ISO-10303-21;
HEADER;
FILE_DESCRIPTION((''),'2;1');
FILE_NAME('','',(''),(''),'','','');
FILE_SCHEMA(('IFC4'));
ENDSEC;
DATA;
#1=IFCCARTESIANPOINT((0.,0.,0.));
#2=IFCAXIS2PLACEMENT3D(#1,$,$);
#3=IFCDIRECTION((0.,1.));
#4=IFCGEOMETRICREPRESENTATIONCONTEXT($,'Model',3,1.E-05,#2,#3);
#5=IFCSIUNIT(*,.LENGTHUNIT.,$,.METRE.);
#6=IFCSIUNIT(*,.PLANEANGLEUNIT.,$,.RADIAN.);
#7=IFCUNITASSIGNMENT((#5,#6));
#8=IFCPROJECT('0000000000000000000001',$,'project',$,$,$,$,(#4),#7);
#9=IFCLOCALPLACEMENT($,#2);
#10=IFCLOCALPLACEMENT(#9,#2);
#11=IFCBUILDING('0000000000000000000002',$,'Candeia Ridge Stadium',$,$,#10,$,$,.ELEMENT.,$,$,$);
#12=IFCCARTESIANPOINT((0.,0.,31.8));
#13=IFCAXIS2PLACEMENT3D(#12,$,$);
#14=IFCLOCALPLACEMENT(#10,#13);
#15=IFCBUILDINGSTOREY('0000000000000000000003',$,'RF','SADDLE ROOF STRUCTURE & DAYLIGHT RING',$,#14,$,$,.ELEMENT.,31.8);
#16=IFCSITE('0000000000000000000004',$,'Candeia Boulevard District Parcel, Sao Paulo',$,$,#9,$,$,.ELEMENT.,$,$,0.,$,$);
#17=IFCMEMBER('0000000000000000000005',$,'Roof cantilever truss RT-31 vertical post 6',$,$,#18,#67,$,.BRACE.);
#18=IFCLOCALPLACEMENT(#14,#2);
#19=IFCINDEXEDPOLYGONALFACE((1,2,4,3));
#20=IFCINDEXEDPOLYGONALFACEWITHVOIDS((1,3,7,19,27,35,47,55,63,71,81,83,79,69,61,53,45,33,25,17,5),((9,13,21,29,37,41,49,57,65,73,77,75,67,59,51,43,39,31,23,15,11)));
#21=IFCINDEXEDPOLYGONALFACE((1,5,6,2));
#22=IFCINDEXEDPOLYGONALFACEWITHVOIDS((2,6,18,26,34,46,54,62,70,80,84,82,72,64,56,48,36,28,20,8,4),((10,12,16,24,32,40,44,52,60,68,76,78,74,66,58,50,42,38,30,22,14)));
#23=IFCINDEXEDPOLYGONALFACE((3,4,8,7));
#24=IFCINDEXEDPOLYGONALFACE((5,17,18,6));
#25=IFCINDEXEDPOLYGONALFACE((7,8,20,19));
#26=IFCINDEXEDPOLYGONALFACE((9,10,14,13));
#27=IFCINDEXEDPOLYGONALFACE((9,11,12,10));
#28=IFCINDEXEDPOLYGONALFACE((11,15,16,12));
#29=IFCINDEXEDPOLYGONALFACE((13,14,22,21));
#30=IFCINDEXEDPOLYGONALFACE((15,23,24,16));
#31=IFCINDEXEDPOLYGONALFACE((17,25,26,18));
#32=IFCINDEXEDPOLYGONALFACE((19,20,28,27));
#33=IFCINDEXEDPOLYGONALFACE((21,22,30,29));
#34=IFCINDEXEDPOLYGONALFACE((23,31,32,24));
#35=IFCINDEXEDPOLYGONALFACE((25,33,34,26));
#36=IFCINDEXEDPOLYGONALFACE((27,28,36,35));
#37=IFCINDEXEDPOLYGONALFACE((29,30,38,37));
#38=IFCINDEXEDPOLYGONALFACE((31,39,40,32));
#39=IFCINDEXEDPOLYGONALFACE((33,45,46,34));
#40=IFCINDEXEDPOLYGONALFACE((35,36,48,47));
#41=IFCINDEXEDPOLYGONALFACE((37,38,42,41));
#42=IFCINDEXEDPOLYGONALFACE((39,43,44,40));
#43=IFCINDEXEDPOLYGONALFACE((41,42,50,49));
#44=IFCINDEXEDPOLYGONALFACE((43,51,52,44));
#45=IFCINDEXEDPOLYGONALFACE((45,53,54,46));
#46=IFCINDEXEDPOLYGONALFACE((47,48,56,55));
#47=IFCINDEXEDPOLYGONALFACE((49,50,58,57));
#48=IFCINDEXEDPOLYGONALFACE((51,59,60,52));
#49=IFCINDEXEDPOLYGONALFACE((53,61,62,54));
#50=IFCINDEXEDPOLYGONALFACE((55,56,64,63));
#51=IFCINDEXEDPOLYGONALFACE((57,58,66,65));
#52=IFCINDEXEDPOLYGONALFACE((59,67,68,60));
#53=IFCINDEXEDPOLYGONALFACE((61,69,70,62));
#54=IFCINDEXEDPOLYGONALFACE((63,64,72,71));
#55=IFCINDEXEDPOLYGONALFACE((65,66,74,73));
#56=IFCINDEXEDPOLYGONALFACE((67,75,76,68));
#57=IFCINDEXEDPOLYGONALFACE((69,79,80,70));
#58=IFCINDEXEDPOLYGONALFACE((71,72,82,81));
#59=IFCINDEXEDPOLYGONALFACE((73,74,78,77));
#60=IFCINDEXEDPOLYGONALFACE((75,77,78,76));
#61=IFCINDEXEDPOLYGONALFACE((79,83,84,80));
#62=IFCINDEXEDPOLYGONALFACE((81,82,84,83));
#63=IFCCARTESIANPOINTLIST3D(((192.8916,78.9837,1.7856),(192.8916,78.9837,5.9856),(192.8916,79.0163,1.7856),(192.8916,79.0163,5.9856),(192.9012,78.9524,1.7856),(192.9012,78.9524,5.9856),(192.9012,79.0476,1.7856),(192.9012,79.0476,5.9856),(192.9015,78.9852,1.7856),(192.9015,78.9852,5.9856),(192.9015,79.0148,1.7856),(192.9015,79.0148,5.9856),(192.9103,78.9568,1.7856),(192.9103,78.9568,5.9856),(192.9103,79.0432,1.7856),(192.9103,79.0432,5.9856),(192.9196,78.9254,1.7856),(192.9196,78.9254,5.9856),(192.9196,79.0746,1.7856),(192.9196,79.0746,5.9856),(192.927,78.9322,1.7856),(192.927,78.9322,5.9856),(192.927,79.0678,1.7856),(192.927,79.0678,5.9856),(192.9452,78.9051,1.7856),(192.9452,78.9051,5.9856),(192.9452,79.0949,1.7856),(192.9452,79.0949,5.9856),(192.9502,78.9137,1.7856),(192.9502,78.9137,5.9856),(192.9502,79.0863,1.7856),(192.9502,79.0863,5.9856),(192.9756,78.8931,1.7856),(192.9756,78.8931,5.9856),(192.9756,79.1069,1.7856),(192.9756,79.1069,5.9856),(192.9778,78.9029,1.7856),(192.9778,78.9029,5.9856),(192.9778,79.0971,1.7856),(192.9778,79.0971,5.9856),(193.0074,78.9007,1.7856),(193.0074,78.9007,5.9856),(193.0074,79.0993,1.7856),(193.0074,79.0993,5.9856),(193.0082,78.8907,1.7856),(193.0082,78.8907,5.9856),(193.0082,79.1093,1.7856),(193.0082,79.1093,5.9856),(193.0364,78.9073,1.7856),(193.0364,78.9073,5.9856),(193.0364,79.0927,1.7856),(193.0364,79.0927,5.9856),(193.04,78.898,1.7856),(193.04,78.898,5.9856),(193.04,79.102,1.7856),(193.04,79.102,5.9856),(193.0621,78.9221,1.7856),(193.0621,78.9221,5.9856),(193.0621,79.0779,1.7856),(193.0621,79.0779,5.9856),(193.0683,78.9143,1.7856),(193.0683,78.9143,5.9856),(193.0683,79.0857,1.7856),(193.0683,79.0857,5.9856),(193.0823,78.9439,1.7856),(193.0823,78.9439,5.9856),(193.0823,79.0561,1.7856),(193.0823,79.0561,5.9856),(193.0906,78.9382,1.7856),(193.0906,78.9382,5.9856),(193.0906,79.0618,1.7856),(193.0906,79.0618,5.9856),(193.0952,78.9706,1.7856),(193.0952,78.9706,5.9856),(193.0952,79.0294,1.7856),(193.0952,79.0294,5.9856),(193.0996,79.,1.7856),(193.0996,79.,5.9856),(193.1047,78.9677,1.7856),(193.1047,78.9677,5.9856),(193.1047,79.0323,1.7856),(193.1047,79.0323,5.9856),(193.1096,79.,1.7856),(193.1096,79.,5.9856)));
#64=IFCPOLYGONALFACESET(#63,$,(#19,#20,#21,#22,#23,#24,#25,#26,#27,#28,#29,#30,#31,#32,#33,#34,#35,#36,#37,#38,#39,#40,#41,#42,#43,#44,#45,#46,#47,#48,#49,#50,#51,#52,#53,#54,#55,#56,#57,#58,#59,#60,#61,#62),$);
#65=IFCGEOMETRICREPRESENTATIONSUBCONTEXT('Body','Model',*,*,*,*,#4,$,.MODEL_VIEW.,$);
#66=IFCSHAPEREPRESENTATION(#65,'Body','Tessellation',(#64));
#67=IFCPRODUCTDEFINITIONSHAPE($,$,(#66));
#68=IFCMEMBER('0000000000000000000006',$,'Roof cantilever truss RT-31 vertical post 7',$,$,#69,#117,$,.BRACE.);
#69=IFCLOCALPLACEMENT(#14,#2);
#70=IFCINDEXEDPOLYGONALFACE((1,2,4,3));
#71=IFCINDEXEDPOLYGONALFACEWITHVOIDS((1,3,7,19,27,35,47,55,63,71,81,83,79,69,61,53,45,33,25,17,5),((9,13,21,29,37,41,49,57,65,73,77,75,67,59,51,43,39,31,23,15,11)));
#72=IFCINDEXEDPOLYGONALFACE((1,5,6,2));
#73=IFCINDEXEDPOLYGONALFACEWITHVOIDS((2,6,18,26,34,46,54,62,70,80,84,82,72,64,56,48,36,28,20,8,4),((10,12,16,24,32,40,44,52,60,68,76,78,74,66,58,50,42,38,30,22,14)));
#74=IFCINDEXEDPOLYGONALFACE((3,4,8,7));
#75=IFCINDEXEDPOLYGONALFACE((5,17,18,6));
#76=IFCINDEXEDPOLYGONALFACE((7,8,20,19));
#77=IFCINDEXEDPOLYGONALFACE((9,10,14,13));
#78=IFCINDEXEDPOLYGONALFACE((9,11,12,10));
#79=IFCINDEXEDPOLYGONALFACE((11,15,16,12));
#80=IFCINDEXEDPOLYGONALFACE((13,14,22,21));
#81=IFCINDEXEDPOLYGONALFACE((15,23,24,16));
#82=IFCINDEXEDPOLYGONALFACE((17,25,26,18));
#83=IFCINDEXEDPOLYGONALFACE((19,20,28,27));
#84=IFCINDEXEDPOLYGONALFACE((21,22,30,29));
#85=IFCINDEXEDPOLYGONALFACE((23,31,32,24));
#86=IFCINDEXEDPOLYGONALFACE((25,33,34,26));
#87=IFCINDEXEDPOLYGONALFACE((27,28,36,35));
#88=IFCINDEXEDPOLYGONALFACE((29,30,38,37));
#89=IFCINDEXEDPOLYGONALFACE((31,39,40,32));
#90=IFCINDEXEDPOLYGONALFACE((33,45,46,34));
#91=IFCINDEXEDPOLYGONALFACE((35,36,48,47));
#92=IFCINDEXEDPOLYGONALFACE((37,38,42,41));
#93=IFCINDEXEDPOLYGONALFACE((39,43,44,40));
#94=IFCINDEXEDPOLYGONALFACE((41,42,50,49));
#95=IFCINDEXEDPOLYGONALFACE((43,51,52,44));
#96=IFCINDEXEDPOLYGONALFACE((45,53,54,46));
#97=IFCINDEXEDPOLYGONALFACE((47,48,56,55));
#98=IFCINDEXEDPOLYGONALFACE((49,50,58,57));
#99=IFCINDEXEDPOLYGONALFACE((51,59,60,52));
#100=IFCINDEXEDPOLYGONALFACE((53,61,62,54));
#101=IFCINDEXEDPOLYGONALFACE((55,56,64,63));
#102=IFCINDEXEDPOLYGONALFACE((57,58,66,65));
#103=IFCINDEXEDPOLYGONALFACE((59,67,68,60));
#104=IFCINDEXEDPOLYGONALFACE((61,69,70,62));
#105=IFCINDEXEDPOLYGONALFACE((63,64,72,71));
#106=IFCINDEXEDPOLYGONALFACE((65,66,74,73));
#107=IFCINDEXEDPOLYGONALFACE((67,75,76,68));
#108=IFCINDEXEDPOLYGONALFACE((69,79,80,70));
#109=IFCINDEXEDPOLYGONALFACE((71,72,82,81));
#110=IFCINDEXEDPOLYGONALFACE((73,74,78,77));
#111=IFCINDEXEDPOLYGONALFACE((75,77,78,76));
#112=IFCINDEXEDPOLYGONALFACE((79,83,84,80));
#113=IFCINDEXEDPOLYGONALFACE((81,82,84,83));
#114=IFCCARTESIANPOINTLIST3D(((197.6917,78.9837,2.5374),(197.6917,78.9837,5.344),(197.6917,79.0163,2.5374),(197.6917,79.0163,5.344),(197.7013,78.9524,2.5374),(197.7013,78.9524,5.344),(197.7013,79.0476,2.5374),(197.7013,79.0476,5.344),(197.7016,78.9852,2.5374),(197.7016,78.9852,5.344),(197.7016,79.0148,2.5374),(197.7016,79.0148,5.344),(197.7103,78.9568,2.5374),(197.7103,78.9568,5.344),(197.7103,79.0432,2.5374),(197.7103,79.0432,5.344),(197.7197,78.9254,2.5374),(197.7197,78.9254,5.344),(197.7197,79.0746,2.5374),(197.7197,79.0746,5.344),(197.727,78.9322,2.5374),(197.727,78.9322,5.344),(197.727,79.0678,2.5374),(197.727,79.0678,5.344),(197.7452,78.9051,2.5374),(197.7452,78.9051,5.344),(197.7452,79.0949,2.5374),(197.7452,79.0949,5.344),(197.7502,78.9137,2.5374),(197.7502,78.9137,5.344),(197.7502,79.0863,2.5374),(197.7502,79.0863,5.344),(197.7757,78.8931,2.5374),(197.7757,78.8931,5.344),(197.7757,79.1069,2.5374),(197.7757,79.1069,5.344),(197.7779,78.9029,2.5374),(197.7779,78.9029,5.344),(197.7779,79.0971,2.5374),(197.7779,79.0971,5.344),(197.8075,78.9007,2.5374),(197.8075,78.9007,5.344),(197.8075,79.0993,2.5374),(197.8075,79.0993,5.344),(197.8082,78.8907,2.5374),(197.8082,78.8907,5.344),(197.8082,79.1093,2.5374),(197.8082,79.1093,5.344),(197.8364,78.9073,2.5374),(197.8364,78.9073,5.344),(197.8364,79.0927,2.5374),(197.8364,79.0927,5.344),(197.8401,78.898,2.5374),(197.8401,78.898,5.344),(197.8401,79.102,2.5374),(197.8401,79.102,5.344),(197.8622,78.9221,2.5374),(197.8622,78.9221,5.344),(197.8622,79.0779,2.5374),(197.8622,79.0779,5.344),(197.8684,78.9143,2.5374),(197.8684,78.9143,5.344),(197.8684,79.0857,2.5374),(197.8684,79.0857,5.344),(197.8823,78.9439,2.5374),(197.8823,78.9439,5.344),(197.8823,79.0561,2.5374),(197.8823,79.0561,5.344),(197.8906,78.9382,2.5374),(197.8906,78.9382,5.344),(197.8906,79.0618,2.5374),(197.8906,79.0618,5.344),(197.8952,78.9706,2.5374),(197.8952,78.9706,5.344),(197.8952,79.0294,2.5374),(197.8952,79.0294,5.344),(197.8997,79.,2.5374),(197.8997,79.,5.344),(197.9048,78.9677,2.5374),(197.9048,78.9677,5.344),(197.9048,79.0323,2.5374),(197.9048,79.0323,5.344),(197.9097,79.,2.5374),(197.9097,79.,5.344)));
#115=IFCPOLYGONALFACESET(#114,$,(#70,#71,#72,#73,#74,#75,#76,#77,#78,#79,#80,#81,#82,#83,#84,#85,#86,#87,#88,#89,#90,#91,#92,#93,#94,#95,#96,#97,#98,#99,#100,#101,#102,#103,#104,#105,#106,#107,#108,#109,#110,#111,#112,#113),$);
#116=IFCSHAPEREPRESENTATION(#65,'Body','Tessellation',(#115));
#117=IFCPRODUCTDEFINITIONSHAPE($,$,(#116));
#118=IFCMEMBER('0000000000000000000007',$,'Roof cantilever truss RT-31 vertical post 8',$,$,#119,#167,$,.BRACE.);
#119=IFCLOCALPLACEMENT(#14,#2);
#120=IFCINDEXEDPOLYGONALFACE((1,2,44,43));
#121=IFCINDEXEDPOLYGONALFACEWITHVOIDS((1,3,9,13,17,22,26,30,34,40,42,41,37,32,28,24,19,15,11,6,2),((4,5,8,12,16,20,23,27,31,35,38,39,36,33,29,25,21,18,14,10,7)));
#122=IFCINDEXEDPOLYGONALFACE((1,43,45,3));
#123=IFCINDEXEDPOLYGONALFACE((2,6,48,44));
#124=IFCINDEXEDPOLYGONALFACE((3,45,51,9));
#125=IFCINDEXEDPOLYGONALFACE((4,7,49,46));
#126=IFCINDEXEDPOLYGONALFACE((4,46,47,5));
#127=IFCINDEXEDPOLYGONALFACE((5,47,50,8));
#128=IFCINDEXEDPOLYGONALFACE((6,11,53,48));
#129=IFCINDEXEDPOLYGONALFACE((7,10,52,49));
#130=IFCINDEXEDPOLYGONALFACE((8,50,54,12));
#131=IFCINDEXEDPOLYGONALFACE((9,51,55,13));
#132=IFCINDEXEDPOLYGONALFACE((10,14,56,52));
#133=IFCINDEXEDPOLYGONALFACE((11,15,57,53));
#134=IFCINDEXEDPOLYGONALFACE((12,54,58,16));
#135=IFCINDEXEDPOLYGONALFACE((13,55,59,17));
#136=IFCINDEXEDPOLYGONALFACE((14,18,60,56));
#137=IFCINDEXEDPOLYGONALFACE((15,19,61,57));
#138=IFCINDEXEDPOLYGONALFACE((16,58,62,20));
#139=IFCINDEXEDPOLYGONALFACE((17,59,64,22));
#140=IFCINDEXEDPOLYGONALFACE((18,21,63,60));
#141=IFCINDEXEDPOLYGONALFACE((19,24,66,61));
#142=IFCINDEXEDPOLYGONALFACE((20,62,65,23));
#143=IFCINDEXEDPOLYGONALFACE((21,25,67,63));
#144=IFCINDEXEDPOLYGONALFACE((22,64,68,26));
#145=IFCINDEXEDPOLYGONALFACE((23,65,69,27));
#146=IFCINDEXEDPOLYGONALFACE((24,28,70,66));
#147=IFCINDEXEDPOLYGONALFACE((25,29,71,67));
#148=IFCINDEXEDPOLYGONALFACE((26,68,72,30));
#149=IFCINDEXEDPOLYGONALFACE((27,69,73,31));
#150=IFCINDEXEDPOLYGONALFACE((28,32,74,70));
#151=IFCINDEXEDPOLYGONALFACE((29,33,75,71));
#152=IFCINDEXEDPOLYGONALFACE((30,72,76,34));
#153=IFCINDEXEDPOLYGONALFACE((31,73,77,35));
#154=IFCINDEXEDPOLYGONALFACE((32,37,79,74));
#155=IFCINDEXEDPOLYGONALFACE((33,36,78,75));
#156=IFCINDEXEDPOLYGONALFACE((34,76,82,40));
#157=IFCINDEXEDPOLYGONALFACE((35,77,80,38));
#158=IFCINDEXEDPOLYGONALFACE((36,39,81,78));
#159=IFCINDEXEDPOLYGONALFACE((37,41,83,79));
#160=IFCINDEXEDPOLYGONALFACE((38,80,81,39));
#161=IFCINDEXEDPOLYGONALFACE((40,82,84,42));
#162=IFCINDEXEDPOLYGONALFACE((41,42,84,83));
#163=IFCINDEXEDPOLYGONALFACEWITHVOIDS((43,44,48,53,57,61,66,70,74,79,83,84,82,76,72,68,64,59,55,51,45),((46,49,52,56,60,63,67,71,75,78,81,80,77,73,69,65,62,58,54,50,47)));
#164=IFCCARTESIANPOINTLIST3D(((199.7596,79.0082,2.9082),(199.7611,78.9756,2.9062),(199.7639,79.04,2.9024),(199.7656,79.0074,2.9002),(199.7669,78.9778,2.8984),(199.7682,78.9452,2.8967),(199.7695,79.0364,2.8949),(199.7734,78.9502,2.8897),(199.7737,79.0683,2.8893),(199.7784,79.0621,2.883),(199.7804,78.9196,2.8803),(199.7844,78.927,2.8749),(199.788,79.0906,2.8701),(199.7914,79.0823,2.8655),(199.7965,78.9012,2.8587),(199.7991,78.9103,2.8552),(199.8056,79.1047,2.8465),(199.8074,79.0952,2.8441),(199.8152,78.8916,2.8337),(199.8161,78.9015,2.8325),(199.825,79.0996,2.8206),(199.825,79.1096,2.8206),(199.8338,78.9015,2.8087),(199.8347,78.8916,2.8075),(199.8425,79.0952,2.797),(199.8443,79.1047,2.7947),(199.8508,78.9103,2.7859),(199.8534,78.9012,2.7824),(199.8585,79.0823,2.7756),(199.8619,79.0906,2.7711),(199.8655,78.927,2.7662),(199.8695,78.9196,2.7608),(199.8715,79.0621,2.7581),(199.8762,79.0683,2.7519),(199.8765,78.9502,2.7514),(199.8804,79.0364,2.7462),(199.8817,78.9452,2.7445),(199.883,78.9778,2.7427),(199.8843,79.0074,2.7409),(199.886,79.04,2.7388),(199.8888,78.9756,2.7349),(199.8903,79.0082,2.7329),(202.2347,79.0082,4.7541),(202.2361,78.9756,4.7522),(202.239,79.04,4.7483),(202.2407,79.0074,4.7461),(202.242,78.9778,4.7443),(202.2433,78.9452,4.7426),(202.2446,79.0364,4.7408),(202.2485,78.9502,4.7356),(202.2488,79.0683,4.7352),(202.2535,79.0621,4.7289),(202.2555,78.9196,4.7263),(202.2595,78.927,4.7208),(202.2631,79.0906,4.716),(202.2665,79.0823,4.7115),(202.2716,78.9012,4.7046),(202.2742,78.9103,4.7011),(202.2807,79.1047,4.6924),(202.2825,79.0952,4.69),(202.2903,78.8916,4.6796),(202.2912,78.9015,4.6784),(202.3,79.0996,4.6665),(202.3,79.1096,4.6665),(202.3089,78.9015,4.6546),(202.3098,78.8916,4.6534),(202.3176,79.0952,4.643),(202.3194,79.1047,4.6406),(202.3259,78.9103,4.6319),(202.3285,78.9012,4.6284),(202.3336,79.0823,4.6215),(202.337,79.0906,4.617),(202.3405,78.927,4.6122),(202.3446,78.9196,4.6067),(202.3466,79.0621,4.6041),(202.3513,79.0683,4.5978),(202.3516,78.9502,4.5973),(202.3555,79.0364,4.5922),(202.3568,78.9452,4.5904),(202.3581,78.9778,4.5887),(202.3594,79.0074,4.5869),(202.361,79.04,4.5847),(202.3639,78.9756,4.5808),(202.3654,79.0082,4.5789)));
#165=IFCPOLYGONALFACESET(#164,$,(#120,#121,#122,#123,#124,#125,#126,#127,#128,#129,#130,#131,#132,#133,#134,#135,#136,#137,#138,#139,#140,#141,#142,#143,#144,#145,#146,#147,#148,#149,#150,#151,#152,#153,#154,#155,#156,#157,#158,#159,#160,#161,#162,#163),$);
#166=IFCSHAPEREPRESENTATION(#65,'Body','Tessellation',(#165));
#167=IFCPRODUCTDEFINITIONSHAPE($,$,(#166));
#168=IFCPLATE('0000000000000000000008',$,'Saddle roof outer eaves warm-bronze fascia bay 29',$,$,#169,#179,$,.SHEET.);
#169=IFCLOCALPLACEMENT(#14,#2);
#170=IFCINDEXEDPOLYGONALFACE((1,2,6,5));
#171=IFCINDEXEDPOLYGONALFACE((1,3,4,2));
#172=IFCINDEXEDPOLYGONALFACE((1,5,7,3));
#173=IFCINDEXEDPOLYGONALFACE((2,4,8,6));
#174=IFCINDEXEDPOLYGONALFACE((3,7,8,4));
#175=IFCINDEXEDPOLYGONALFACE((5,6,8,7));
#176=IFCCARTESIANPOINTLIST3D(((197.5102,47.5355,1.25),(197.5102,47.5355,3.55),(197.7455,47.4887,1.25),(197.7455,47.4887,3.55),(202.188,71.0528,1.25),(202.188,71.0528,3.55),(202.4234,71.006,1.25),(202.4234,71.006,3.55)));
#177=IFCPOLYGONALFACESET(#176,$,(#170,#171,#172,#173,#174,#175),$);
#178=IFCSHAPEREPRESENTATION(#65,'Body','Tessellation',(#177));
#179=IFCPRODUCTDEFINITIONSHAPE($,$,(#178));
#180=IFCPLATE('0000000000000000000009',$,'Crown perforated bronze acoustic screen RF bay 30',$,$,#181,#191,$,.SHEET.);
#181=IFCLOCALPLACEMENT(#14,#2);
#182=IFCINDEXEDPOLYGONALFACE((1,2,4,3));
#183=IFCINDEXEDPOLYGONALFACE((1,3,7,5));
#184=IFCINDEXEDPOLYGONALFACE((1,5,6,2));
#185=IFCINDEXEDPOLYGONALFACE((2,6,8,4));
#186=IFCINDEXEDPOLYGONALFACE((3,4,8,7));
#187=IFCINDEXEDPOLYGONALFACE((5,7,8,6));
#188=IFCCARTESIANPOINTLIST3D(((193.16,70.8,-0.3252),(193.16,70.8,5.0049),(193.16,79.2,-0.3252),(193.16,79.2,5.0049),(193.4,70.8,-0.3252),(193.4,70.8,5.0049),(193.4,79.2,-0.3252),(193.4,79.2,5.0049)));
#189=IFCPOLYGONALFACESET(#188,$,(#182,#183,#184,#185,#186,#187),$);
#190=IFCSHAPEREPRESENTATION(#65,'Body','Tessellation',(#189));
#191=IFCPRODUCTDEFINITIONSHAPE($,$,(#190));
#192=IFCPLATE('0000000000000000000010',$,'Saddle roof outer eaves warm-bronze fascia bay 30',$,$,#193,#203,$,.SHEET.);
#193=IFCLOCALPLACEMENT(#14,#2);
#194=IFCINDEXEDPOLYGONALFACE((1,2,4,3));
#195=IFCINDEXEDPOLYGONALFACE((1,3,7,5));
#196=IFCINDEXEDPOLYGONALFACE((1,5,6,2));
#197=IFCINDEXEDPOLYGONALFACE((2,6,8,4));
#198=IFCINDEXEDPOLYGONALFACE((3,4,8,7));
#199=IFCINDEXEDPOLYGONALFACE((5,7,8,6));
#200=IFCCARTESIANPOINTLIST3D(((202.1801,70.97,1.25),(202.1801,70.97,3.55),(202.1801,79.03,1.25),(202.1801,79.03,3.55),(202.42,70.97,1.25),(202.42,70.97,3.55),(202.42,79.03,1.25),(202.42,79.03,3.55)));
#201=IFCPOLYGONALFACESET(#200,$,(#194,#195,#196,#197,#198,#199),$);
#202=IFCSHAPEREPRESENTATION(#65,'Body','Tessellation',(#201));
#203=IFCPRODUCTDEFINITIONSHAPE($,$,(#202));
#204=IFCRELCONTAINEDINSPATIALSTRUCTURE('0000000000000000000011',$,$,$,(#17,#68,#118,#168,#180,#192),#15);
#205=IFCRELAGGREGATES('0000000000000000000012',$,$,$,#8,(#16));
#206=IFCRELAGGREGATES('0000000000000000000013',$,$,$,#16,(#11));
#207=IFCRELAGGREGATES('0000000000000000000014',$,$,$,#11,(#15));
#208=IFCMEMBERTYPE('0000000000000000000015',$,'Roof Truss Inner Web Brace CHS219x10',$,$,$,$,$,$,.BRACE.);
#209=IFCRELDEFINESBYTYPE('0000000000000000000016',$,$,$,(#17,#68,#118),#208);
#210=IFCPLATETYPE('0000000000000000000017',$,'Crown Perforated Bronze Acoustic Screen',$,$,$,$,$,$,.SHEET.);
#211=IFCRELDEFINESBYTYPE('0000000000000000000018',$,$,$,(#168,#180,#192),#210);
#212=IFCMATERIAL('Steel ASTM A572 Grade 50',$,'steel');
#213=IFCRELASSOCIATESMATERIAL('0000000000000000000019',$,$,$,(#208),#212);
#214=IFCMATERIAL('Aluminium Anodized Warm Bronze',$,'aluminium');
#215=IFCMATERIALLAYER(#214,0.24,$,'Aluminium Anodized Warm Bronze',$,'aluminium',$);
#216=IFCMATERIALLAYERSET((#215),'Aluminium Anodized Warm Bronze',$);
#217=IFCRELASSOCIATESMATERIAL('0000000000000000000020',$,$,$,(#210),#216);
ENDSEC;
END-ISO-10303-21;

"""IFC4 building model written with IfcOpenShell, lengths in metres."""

from ifc_helpers import new_model, si_unit, direction, frame, origin, origin_2d, place, context, subcontext, project, spatial, rectangle, hollow_circle, extrude, material, layer, layer_set, material_profile, profile_set, type_object, element, save


model = new_model("IFC4")

# Units and contexts
model_context = context("Model", 3, precision=1e-05, world=origin(), true_north=direction((0.0, 1.0)))
body_context = subcontext(model_context, "Body", "Model", "MODEL_VIEW")
ifc_project = project(units=[si_unit("LENGTHUNIT", "METRE"), si_unit("PLANEANGLEUNIT", "RADIAN")], contexts=[model_context])

# Site, building, storey
site_placement = place(None, origin())
site = spatial("IfcSite", under=ifc_project, at=site_placement, Name="Candeia Boulevard District Parcel, Sao Paulo", CompositionType="ELEMENT", RefElevation=0.0)
building_placement = place(site_placement, origin())
building = spatial("IfcBuilding", under=site, at=building_placement, Name="Candeia Ridge Stadium", CompositionType="ELEMENT")
storey_placement = place(building_placement, frame((0.0, 0.0, 31.8)))
storey = spatial("IfcBuildingStorey", under=building, at=storey_placement, Name="RF", Description="SADDLE ROOF STRUCTURE & DAYLIGHT RING", CompositionType="ELEMENT", Elevation=31.8)

# Shared definitions
ifc_material_1 = material(Name="Steel ASTM A572 Grade 50", Category="steel")

# Members
ifc_material_profile_1 = material_profile(ifc_material_1, hollow_circle(Radius=0.1096, WallThickness=0.01, at=origin_2d()), Name="CHS219x10", Category="steel")
ifc_profile_set_1 = profile_set([ifc_material_profile_1], Name="Steel ASTM A572 Grade 50")
member_type_1 = type_object("IfcMemberType", Name="Roof Truss Inner Web Brace CHS219x10", PredefinedType="BRACE", material=ifc_profile_set_1)
member_1_placement = place(storey_placement, frame((193.0, 79.0, 1.7856), z_axis=(0.0, 0.0, 1.0), x_axis=(1.0, 0.0, 0.0)))
element("IfcMember", 1, at=member_1_placement, inside=storey, type_object=member_type_1, Name="Roof cantilever truss RT-31 vertical post 6", PredefinedType="BRACE", context=body_context, shape_type="SweptSolid", body=[
    extrude(hollow_circle(Radius=0.1096, WallThickness=0.01, at=origin_2d()), origin(), (0.0, 0.0, 1.0), 4.2),
])
member_2_placement = place(storey_placement, frame((197.8, 79.0, 2.5374), z_axis=(0.0, 0.0, 1.0), x_axis=(1.0, 0.0, 0.0)))
element("IfcMember", 2, at=member_2_placement, inside=storey, type_object=member_type_1, Name="Roof cantilever truss RT-31 vertical post 7", PredefinedType="BRACE", context=body_context, shape_type="SweptSolid", body=[
    extrude(hollow_circle(Radius=0.1096, WallThickness=0.01, at=origin_2d()), origin(), (0.0, 0.0, 1.0), 2.8066),
])
member_3_placement = place(storey_placement, frame((199.825, 79.0, 2.8206), z_axis=(0.80161, 0.0, 0.597847), x_axis=(0.0, 1.0, 0.0)))
element("IfcMember", 3, at=member_3_placement, inside=storey, type_object=member_type_1, Name="Roof cantilever truss RT-31 vertical post 8", PredefinedType="BRACE", context=body_context, shape_type="SweptSolid", body=[
    extrude(hollow_circle(Radius=0.1096, WallThickness=0.01, at=origin_2d()), origin(), (0.0, 0.0, 1.0), 3.0876),
])

# Plates
ifc_material_2 = material(Name="Aluminium Anodized Warm Bronze", Category="aluminium")
ifc_layer_1 = layer(ifc_material_2, 0.24, Name="Aluminium Anodized Warm Bronze", Category="aluminium")
ifc_layer_set_1 = layer_set([ifc_layer_1], Name="Aluminium Anodized Warm Bronze")
plate_type_1 = type_object("IfcPlateType", Name="Crown Perforated Bronze Acoustic Screen", PredefinedType="SHEET", material=ifc_layer_set_1)
plate_1_placement = place(storey_placement, frame((199.9668, 59.2708, 1.25), z_axis=(0.0, 0.0, 1.0), x_axis=(0.19509, 0.980785, 0.0)))
element("IfcPlate", 4, at=plate_1_placement, inside=storey, type_object=plate_type_1, Name="Saddle roof outer eaves warm-bronze fascia bay 29", PredefinedType="SHEET", context=body_context, shape_type="SweptSolid", body=[
    extrude(rectangle(XDim=23.978, YDim=0.24, at=origin_2d()), origin(), (0.0, 0.0, 1.0), 2.3),
])
plate_2_placement = place(storey_placement, frame((193.28, 75.0, -0.3252), z_axis=(0.0, 0.0, 1.0), x_axis=(0.0, 1.0, 0.0)))
element("IfcPlate", 5, at=plate_2_placement, inside=storey, type_object=plate_type_1, Name="Crown perforated bronze acoustic screen RF bay 30", PredefinedType="SHEET", context=body_context, shape_type="SweptSolid", body=[
    extrude(rectangle(XDim=8.3999, YDim=0.24, at=origin_2d()), origin(), (0.0, 0.0, 1.0), 5.3301),
])
plate_3_placement = place(storey_placement, frame((202.3, 75.0, 1.25), z_axis=(0.0, 0.0, 1.0), x_axis=(0.0, 1.0, 0.0)))
element("IfcPlate", 6, at=plate_3_placement, inside=storey, type_object=plate_type_1, Name="Saddle roof outer eaves warm-bronze fascia bay 30", PredefinedType="SHEET", context=body_context, shape_type="SweptSolid", body=[
    extrude(rectangle(XDim=8.0601, YDim=0.24, at=origin_2d()), origin(), (0.0, 0.0, 1.0), 2.3),
])

save(model, "model.ifc")
